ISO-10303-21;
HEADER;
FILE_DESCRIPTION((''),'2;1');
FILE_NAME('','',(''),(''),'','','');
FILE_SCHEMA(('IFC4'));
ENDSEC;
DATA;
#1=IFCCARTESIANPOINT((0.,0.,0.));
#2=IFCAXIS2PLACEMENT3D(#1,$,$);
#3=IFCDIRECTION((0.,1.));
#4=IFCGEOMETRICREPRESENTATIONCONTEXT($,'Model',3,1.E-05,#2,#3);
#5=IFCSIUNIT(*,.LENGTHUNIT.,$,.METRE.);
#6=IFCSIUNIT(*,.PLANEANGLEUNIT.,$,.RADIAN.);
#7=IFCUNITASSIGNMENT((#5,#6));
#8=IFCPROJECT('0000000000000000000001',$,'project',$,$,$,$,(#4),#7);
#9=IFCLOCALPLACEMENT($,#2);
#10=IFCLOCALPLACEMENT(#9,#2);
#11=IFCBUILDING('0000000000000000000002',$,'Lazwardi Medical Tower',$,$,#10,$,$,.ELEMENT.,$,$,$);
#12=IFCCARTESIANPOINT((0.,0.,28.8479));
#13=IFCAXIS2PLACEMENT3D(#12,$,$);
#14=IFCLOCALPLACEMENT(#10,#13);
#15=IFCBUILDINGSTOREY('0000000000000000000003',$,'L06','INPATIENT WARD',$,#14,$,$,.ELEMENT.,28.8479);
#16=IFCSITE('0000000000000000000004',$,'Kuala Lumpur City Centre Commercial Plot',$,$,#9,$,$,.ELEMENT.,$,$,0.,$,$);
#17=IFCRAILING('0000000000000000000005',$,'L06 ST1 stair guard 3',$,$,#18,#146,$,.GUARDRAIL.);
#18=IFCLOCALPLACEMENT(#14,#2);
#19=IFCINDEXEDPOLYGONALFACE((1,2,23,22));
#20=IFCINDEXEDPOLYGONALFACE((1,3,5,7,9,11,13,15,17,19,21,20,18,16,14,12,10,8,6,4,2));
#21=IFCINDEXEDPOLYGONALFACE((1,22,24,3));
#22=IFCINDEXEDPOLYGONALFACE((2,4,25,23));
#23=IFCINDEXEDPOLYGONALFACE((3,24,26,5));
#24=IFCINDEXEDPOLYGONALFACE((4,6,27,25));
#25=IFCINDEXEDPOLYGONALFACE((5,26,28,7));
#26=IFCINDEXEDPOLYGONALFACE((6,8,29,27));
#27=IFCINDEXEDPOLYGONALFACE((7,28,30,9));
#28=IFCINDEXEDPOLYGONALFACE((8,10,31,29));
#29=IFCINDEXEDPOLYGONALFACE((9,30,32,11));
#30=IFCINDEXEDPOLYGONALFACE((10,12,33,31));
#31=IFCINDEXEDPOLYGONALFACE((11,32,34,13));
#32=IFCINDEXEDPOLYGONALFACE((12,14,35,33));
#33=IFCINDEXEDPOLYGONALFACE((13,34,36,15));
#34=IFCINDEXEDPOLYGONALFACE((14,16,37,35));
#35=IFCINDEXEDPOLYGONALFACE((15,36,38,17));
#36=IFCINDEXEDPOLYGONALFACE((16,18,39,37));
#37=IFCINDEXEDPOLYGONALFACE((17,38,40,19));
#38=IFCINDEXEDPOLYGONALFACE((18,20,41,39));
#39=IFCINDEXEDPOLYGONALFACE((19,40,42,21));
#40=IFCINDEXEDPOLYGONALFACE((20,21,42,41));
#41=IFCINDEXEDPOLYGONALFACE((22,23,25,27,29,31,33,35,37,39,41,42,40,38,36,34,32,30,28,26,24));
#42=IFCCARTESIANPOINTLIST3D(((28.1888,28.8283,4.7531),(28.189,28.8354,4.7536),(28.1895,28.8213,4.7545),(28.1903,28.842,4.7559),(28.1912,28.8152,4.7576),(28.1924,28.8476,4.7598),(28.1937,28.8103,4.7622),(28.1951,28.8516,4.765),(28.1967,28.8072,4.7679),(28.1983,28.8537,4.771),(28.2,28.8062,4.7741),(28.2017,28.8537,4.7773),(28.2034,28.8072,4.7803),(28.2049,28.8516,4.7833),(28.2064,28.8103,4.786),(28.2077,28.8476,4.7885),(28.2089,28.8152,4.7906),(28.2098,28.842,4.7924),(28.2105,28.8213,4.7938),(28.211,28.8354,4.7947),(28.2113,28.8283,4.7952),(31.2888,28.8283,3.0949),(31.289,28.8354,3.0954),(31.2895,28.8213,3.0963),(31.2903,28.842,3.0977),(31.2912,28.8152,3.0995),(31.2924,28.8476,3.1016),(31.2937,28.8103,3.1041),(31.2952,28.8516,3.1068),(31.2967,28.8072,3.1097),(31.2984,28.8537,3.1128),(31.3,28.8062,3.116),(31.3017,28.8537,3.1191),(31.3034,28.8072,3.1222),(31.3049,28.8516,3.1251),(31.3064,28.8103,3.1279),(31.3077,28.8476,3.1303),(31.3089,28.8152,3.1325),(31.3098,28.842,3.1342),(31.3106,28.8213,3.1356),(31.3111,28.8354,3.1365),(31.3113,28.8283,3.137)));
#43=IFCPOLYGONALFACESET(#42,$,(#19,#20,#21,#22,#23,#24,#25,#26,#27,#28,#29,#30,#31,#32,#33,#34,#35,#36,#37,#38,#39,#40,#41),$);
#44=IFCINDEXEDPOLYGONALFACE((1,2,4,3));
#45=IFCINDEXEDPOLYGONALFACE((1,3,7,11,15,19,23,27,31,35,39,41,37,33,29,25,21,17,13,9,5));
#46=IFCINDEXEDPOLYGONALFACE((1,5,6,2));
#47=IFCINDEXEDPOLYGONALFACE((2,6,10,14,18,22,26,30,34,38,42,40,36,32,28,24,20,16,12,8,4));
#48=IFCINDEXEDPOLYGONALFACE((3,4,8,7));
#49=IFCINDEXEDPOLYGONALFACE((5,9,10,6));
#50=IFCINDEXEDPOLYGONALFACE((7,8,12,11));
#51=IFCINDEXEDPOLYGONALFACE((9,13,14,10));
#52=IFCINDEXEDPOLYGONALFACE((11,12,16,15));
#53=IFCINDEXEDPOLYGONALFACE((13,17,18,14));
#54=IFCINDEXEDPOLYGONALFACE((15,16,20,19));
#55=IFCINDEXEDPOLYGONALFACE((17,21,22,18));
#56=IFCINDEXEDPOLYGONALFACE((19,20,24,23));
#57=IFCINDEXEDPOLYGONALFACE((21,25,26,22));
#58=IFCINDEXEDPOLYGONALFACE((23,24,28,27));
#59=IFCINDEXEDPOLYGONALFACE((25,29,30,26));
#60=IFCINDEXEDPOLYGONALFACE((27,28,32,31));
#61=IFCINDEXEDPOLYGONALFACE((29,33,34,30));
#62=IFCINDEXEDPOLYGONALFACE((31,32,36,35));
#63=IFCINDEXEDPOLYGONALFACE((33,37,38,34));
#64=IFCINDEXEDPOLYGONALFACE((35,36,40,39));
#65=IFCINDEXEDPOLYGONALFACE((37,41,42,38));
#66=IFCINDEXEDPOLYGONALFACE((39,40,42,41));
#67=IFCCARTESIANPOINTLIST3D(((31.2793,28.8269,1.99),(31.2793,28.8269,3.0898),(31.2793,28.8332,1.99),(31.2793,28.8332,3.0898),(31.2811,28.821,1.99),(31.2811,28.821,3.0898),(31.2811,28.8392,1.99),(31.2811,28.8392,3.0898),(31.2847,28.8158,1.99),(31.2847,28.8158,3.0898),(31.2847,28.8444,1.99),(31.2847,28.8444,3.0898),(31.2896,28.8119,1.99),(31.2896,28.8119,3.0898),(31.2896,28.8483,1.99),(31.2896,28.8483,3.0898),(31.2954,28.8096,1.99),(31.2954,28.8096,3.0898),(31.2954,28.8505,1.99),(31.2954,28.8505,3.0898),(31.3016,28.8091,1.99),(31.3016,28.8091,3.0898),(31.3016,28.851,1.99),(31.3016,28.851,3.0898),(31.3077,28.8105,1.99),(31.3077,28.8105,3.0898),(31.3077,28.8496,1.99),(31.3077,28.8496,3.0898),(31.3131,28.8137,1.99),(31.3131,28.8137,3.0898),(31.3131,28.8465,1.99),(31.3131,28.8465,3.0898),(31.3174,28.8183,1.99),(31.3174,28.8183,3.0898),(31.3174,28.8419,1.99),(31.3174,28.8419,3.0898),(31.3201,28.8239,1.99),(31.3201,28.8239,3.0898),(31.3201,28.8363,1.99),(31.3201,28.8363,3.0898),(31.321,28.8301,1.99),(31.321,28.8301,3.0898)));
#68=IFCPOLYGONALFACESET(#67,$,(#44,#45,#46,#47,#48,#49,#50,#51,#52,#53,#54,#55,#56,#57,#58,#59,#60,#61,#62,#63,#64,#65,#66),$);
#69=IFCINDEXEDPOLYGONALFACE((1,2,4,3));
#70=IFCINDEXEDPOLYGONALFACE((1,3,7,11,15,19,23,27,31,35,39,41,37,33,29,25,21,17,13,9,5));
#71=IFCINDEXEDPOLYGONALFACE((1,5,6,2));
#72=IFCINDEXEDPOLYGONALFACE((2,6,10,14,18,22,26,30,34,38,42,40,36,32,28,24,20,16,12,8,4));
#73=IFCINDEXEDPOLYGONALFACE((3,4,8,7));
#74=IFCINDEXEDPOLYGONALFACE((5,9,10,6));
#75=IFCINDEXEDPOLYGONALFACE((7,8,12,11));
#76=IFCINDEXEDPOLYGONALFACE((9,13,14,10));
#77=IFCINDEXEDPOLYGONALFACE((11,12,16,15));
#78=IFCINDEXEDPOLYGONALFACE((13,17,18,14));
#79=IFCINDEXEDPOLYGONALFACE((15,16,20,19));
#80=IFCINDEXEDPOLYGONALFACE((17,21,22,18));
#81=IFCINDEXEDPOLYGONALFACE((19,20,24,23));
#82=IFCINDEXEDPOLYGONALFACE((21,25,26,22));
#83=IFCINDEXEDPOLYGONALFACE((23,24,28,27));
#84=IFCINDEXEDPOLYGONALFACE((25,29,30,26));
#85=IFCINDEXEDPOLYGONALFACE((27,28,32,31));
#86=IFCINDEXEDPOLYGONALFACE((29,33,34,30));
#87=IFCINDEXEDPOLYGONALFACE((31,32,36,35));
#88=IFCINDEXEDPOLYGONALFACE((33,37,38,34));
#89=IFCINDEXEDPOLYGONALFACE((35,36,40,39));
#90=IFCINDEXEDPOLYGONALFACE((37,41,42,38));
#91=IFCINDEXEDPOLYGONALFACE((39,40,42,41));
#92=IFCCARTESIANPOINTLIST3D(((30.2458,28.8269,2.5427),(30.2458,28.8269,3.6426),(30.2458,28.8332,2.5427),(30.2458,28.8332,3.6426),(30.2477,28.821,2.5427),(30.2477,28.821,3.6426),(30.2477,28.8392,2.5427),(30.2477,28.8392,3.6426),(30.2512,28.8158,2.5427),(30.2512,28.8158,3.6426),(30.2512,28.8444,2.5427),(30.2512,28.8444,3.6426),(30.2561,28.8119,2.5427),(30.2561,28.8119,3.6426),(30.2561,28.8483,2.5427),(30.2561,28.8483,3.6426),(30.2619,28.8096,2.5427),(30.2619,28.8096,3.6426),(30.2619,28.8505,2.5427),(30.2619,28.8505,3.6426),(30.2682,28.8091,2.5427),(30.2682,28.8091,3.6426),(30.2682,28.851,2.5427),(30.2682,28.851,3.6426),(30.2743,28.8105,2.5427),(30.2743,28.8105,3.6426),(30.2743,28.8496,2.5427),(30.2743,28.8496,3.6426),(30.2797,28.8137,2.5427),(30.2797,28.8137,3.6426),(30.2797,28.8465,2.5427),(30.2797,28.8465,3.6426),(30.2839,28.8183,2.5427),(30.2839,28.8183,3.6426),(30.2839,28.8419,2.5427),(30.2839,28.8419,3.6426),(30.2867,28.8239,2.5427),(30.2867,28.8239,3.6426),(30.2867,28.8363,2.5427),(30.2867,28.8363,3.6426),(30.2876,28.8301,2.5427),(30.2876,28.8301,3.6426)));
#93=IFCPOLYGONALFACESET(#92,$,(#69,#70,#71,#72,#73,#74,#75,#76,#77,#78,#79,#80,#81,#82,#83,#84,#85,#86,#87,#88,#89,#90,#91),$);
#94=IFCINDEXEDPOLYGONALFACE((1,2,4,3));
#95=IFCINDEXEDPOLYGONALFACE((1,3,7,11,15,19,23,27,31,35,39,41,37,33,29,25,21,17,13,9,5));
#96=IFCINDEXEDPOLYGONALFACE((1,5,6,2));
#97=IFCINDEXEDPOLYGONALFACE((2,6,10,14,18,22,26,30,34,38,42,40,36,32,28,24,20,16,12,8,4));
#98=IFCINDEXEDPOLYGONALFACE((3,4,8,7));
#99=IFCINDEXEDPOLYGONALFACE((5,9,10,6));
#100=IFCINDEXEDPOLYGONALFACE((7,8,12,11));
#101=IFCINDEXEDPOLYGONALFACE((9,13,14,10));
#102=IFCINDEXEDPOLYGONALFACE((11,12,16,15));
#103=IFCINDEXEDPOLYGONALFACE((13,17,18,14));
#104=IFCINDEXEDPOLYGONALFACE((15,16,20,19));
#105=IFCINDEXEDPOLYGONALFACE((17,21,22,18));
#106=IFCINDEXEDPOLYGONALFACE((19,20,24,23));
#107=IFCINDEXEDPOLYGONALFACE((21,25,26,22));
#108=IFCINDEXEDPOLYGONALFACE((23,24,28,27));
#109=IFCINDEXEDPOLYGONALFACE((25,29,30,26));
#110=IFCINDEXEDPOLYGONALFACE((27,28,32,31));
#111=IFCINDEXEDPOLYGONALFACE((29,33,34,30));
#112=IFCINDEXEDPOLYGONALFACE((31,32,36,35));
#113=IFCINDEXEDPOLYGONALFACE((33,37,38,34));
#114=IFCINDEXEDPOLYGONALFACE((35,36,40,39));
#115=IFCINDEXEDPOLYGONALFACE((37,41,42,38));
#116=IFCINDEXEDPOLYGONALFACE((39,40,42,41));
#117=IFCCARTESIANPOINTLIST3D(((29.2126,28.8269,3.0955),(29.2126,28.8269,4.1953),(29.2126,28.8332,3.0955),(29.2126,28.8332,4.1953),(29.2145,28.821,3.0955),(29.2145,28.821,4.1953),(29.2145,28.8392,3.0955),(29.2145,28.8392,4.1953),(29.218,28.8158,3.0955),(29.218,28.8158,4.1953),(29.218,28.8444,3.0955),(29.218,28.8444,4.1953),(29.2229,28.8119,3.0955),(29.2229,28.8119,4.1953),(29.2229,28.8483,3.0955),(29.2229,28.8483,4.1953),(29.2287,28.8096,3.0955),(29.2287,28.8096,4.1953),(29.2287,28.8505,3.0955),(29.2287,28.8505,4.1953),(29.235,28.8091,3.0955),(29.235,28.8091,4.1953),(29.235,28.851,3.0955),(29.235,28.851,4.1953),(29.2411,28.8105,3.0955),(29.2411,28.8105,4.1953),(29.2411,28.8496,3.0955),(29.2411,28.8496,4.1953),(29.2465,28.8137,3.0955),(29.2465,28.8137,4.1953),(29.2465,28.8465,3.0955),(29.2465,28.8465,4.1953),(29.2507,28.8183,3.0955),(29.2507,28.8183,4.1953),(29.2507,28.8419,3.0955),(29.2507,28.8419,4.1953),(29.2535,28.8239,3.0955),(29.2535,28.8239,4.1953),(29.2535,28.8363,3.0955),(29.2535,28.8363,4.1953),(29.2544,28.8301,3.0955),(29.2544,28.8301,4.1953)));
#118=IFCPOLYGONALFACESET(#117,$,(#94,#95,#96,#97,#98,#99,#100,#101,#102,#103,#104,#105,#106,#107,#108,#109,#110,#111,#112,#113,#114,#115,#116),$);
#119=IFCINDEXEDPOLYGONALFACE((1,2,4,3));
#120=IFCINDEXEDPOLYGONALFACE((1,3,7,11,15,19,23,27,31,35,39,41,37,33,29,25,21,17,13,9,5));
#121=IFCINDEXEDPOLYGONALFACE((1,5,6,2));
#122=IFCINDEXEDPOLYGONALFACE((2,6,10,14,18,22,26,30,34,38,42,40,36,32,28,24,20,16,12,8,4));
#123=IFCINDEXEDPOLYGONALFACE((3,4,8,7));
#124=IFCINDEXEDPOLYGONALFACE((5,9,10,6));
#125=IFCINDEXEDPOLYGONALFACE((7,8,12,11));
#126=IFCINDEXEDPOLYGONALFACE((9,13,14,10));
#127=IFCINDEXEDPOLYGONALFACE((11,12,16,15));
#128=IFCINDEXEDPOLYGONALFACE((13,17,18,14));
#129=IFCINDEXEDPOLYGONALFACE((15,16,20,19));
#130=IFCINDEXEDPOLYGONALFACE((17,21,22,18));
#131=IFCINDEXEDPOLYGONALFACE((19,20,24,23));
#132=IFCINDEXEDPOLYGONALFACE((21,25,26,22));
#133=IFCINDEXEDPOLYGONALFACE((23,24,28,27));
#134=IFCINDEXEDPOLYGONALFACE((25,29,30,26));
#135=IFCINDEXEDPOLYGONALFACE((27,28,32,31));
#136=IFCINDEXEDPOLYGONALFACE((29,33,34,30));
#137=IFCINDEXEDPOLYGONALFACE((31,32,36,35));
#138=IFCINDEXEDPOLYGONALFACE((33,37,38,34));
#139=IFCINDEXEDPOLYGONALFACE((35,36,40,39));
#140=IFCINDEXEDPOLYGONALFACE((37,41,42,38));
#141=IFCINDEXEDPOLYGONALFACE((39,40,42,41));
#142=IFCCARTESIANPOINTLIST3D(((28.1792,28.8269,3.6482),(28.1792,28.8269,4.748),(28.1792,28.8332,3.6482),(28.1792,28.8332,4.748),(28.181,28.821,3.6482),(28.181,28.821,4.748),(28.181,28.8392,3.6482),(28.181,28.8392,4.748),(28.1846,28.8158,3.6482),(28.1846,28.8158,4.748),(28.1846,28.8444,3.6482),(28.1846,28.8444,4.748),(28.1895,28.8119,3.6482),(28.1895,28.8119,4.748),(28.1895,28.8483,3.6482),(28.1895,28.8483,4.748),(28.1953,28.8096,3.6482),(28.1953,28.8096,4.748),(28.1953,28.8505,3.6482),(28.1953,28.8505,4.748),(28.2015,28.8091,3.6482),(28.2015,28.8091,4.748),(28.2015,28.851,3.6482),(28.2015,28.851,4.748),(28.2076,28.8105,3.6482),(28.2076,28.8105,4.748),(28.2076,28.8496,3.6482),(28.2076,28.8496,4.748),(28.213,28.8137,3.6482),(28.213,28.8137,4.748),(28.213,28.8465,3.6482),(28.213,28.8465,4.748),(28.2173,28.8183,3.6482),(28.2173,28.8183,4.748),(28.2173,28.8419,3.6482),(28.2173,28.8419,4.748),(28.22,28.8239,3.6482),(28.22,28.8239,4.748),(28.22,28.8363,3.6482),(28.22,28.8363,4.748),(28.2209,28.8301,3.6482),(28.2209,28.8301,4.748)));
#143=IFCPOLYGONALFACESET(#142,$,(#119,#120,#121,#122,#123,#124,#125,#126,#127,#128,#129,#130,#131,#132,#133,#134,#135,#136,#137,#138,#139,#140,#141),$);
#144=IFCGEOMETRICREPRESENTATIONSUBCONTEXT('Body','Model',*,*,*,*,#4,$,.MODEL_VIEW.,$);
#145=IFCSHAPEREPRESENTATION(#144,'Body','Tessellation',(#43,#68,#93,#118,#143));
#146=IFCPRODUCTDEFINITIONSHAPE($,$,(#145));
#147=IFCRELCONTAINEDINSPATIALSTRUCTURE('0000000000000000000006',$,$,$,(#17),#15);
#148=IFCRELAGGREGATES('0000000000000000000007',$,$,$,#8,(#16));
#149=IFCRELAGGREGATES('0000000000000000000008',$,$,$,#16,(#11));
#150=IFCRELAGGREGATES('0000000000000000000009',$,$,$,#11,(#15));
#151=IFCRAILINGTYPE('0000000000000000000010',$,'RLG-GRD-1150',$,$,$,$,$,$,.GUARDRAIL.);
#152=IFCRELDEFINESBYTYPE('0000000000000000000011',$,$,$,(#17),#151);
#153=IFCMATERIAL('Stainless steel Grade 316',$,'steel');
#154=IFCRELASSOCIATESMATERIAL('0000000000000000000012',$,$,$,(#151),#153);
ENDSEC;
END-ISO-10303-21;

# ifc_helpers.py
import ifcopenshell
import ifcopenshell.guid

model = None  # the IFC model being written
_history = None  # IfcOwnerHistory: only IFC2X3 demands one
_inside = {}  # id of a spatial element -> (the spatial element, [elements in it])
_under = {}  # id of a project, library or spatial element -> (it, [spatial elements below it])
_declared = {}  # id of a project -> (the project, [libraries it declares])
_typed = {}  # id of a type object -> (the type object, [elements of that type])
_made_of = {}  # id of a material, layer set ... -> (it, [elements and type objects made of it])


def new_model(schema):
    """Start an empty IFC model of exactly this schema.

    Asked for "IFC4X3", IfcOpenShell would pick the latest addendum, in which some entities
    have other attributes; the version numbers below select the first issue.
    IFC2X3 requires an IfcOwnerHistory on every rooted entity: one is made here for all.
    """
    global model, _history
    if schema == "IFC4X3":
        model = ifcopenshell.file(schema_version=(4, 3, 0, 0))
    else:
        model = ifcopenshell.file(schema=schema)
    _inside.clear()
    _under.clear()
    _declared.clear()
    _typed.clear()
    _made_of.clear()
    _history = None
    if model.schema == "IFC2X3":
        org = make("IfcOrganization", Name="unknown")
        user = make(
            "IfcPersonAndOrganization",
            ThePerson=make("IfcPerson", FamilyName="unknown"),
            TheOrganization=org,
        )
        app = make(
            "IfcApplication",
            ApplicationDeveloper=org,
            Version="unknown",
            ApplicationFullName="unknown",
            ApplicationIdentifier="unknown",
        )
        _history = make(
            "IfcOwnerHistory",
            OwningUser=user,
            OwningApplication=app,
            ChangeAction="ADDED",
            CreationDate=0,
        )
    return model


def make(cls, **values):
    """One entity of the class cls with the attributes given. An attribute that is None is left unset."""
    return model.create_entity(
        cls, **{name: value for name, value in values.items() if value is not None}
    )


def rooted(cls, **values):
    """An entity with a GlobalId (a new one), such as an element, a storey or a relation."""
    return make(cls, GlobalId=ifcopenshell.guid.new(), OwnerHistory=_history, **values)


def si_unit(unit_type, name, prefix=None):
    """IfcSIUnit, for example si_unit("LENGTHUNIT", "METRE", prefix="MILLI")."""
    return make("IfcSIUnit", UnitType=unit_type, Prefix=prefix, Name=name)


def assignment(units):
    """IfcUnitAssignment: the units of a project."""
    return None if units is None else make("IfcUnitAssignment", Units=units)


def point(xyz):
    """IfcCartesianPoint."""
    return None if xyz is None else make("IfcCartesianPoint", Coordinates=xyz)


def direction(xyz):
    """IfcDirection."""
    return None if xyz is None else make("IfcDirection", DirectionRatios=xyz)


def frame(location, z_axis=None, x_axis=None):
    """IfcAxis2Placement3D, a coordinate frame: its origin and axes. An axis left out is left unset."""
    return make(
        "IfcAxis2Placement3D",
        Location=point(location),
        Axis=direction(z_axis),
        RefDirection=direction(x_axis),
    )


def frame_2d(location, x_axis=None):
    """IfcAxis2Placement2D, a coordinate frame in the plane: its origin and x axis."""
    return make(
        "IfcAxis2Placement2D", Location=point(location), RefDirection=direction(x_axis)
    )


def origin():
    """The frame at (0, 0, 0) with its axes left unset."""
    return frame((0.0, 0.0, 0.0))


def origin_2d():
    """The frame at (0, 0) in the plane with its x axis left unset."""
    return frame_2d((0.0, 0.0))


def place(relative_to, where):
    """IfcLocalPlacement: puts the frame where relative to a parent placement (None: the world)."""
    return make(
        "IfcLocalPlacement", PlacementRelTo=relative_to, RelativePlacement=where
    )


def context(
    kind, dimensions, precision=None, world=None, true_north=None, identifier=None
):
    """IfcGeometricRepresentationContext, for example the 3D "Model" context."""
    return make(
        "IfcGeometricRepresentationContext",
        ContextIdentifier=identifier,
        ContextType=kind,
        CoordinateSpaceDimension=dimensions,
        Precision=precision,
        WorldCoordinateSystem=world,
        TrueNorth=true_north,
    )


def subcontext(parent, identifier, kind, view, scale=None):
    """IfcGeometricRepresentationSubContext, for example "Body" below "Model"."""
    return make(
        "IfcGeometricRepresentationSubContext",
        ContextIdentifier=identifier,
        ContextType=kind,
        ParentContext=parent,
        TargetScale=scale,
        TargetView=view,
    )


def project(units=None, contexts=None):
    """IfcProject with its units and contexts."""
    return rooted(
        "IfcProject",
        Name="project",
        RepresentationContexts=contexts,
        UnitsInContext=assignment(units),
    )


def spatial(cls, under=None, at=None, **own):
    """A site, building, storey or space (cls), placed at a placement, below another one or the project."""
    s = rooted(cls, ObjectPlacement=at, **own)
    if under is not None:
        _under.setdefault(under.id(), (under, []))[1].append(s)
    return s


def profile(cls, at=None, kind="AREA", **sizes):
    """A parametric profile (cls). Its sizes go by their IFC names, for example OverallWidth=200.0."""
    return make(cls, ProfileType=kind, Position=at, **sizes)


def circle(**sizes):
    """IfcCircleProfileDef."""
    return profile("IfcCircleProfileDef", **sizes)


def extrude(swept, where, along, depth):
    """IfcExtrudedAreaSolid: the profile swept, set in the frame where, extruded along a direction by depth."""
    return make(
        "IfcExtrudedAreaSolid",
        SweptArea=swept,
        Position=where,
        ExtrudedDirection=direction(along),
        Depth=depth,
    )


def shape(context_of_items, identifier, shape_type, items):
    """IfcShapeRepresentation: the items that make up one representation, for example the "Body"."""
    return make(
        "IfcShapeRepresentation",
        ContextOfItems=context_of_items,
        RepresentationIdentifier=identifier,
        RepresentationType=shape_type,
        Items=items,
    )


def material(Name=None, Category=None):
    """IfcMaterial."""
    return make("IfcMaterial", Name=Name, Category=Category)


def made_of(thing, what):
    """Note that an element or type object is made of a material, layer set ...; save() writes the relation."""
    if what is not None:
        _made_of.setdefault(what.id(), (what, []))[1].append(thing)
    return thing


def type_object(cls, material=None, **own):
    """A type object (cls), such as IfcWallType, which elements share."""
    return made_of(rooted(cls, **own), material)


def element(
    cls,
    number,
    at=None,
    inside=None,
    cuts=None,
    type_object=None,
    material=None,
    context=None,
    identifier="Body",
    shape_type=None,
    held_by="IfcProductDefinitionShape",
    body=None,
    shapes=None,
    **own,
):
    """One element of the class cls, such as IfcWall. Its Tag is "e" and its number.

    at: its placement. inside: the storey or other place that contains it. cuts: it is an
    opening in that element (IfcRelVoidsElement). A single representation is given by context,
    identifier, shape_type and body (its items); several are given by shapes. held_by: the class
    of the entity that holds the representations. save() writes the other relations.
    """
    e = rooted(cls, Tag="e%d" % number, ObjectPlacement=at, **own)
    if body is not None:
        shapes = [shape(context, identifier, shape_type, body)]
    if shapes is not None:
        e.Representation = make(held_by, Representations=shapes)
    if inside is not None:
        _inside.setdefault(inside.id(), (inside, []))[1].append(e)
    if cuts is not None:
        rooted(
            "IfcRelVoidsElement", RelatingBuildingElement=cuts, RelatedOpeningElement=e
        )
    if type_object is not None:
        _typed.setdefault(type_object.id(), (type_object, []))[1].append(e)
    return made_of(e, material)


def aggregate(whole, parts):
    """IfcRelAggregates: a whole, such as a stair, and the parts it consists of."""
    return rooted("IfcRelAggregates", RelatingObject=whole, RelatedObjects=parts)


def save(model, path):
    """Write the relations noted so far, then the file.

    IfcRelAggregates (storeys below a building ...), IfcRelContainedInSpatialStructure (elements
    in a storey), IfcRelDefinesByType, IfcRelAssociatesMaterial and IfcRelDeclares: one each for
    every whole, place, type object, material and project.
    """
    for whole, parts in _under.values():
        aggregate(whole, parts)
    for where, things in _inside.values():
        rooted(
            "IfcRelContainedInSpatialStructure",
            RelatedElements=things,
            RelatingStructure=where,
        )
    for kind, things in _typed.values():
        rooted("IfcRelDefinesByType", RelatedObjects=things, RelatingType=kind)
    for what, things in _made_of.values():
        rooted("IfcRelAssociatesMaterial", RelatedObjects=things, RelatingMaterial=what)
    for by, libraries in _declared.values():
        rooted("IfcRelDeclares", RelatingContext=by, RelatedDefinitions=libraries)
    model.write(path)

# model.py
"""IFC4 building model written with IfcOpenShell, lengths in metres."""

from ifc_helpers import new_model, si_unit, direction, frame, origin, origin_2d, place, context, subcontext, project, spatial, circle, extrude, material, type_object, element, save


model = new_model("IFC4")

# Units and contexts
model_context = context("Model", 3, precision=1e-05, world=origin(), true_north=direction((0.0, 1.0)))
body_context = subcontext(model_context, "Body", "Model", "MODEL_VIEW")
ifc_project = project(units=[si_unit("LENGTHUNIT", "METRE"), si_unit("PLANEANGLEUNIT", "RADIAN")], contexts=[model_context])

# Site, building, storey
site_placement = place(None, origin())
site = spatial("IfcSite", under=ifc_project, at=site_placement, Name="Kuala Lumpur City Centre Commercial Plot", CompositionType="ELEMENT", RefElevation=0.0)
building_placement = place(site_placement, origin())
building = spatial("IfcBuilding", under=site, at=building_placement, Name="Lazwardi Medical Tower", CompositionType="ELEMENT")
storey_placement = place(building_placement, frame((0.0, 0.0, 28.8479)))
storey = spatial("IfcBuildingStorey", under=building, at=storey_placement, Name="L06", Description="INPATIENT WARD", CompositionType="ELEMENT", Elevation=28.8479)

# Railing
ifc_material_1 = material(Name="Stainless steel Grade 316", Category="steel")
railing_type_1 = type_object("IfcRailingType", Name="RLG-GRD-1150", PredefinedType="GUARDRAIL", material=ifc_material_1)
railing_1_placement = place(storey_placement, frame((31.3, 28.8301, 1.99)))
element("IfcRailing", 1, at=railing_1_placement, inside=storey, type_object=railing_type_1, Name="L06 ST1 stair guard 3", PredefinedType="GUARDRAIL", context=body_context, shape_type="SweptSolid", body=[
    extrude(circle(Radius=0.0239, at=origin_2d()), frame((0.0, 0.0, 1.126), z_axis=(-0.881783, 0.0, 0.471655), x_axis=(0.0, -1.0, 0.0)), (0.0, 0.0, 1.0), 3.5156),
    extrude(circle(Radius=0.021, at=origin_2d()), origin(), (0.0, 0.0, 1.0), 1.0999),
    extrude(circle(Radius=0.021, at=origin_2d()), frame((-1.0334, 0.0, 0.5527)), (0.0, 0.0, 1.0), 1.0999),
    extrude(circle(Radius=0.021, at=origin_2d()), frame((-2.0667, 0.0, 1.1055)), (0.0, 0.0, 1.0), 1.0999),
    extrude(circle(Radius=0.021, at=origin_2d()), frame((-3.1001, 0.0, 1.6582)), (0.0, 0.0, 1.0), 1.0999),
])

save(model, "model.ifc")
